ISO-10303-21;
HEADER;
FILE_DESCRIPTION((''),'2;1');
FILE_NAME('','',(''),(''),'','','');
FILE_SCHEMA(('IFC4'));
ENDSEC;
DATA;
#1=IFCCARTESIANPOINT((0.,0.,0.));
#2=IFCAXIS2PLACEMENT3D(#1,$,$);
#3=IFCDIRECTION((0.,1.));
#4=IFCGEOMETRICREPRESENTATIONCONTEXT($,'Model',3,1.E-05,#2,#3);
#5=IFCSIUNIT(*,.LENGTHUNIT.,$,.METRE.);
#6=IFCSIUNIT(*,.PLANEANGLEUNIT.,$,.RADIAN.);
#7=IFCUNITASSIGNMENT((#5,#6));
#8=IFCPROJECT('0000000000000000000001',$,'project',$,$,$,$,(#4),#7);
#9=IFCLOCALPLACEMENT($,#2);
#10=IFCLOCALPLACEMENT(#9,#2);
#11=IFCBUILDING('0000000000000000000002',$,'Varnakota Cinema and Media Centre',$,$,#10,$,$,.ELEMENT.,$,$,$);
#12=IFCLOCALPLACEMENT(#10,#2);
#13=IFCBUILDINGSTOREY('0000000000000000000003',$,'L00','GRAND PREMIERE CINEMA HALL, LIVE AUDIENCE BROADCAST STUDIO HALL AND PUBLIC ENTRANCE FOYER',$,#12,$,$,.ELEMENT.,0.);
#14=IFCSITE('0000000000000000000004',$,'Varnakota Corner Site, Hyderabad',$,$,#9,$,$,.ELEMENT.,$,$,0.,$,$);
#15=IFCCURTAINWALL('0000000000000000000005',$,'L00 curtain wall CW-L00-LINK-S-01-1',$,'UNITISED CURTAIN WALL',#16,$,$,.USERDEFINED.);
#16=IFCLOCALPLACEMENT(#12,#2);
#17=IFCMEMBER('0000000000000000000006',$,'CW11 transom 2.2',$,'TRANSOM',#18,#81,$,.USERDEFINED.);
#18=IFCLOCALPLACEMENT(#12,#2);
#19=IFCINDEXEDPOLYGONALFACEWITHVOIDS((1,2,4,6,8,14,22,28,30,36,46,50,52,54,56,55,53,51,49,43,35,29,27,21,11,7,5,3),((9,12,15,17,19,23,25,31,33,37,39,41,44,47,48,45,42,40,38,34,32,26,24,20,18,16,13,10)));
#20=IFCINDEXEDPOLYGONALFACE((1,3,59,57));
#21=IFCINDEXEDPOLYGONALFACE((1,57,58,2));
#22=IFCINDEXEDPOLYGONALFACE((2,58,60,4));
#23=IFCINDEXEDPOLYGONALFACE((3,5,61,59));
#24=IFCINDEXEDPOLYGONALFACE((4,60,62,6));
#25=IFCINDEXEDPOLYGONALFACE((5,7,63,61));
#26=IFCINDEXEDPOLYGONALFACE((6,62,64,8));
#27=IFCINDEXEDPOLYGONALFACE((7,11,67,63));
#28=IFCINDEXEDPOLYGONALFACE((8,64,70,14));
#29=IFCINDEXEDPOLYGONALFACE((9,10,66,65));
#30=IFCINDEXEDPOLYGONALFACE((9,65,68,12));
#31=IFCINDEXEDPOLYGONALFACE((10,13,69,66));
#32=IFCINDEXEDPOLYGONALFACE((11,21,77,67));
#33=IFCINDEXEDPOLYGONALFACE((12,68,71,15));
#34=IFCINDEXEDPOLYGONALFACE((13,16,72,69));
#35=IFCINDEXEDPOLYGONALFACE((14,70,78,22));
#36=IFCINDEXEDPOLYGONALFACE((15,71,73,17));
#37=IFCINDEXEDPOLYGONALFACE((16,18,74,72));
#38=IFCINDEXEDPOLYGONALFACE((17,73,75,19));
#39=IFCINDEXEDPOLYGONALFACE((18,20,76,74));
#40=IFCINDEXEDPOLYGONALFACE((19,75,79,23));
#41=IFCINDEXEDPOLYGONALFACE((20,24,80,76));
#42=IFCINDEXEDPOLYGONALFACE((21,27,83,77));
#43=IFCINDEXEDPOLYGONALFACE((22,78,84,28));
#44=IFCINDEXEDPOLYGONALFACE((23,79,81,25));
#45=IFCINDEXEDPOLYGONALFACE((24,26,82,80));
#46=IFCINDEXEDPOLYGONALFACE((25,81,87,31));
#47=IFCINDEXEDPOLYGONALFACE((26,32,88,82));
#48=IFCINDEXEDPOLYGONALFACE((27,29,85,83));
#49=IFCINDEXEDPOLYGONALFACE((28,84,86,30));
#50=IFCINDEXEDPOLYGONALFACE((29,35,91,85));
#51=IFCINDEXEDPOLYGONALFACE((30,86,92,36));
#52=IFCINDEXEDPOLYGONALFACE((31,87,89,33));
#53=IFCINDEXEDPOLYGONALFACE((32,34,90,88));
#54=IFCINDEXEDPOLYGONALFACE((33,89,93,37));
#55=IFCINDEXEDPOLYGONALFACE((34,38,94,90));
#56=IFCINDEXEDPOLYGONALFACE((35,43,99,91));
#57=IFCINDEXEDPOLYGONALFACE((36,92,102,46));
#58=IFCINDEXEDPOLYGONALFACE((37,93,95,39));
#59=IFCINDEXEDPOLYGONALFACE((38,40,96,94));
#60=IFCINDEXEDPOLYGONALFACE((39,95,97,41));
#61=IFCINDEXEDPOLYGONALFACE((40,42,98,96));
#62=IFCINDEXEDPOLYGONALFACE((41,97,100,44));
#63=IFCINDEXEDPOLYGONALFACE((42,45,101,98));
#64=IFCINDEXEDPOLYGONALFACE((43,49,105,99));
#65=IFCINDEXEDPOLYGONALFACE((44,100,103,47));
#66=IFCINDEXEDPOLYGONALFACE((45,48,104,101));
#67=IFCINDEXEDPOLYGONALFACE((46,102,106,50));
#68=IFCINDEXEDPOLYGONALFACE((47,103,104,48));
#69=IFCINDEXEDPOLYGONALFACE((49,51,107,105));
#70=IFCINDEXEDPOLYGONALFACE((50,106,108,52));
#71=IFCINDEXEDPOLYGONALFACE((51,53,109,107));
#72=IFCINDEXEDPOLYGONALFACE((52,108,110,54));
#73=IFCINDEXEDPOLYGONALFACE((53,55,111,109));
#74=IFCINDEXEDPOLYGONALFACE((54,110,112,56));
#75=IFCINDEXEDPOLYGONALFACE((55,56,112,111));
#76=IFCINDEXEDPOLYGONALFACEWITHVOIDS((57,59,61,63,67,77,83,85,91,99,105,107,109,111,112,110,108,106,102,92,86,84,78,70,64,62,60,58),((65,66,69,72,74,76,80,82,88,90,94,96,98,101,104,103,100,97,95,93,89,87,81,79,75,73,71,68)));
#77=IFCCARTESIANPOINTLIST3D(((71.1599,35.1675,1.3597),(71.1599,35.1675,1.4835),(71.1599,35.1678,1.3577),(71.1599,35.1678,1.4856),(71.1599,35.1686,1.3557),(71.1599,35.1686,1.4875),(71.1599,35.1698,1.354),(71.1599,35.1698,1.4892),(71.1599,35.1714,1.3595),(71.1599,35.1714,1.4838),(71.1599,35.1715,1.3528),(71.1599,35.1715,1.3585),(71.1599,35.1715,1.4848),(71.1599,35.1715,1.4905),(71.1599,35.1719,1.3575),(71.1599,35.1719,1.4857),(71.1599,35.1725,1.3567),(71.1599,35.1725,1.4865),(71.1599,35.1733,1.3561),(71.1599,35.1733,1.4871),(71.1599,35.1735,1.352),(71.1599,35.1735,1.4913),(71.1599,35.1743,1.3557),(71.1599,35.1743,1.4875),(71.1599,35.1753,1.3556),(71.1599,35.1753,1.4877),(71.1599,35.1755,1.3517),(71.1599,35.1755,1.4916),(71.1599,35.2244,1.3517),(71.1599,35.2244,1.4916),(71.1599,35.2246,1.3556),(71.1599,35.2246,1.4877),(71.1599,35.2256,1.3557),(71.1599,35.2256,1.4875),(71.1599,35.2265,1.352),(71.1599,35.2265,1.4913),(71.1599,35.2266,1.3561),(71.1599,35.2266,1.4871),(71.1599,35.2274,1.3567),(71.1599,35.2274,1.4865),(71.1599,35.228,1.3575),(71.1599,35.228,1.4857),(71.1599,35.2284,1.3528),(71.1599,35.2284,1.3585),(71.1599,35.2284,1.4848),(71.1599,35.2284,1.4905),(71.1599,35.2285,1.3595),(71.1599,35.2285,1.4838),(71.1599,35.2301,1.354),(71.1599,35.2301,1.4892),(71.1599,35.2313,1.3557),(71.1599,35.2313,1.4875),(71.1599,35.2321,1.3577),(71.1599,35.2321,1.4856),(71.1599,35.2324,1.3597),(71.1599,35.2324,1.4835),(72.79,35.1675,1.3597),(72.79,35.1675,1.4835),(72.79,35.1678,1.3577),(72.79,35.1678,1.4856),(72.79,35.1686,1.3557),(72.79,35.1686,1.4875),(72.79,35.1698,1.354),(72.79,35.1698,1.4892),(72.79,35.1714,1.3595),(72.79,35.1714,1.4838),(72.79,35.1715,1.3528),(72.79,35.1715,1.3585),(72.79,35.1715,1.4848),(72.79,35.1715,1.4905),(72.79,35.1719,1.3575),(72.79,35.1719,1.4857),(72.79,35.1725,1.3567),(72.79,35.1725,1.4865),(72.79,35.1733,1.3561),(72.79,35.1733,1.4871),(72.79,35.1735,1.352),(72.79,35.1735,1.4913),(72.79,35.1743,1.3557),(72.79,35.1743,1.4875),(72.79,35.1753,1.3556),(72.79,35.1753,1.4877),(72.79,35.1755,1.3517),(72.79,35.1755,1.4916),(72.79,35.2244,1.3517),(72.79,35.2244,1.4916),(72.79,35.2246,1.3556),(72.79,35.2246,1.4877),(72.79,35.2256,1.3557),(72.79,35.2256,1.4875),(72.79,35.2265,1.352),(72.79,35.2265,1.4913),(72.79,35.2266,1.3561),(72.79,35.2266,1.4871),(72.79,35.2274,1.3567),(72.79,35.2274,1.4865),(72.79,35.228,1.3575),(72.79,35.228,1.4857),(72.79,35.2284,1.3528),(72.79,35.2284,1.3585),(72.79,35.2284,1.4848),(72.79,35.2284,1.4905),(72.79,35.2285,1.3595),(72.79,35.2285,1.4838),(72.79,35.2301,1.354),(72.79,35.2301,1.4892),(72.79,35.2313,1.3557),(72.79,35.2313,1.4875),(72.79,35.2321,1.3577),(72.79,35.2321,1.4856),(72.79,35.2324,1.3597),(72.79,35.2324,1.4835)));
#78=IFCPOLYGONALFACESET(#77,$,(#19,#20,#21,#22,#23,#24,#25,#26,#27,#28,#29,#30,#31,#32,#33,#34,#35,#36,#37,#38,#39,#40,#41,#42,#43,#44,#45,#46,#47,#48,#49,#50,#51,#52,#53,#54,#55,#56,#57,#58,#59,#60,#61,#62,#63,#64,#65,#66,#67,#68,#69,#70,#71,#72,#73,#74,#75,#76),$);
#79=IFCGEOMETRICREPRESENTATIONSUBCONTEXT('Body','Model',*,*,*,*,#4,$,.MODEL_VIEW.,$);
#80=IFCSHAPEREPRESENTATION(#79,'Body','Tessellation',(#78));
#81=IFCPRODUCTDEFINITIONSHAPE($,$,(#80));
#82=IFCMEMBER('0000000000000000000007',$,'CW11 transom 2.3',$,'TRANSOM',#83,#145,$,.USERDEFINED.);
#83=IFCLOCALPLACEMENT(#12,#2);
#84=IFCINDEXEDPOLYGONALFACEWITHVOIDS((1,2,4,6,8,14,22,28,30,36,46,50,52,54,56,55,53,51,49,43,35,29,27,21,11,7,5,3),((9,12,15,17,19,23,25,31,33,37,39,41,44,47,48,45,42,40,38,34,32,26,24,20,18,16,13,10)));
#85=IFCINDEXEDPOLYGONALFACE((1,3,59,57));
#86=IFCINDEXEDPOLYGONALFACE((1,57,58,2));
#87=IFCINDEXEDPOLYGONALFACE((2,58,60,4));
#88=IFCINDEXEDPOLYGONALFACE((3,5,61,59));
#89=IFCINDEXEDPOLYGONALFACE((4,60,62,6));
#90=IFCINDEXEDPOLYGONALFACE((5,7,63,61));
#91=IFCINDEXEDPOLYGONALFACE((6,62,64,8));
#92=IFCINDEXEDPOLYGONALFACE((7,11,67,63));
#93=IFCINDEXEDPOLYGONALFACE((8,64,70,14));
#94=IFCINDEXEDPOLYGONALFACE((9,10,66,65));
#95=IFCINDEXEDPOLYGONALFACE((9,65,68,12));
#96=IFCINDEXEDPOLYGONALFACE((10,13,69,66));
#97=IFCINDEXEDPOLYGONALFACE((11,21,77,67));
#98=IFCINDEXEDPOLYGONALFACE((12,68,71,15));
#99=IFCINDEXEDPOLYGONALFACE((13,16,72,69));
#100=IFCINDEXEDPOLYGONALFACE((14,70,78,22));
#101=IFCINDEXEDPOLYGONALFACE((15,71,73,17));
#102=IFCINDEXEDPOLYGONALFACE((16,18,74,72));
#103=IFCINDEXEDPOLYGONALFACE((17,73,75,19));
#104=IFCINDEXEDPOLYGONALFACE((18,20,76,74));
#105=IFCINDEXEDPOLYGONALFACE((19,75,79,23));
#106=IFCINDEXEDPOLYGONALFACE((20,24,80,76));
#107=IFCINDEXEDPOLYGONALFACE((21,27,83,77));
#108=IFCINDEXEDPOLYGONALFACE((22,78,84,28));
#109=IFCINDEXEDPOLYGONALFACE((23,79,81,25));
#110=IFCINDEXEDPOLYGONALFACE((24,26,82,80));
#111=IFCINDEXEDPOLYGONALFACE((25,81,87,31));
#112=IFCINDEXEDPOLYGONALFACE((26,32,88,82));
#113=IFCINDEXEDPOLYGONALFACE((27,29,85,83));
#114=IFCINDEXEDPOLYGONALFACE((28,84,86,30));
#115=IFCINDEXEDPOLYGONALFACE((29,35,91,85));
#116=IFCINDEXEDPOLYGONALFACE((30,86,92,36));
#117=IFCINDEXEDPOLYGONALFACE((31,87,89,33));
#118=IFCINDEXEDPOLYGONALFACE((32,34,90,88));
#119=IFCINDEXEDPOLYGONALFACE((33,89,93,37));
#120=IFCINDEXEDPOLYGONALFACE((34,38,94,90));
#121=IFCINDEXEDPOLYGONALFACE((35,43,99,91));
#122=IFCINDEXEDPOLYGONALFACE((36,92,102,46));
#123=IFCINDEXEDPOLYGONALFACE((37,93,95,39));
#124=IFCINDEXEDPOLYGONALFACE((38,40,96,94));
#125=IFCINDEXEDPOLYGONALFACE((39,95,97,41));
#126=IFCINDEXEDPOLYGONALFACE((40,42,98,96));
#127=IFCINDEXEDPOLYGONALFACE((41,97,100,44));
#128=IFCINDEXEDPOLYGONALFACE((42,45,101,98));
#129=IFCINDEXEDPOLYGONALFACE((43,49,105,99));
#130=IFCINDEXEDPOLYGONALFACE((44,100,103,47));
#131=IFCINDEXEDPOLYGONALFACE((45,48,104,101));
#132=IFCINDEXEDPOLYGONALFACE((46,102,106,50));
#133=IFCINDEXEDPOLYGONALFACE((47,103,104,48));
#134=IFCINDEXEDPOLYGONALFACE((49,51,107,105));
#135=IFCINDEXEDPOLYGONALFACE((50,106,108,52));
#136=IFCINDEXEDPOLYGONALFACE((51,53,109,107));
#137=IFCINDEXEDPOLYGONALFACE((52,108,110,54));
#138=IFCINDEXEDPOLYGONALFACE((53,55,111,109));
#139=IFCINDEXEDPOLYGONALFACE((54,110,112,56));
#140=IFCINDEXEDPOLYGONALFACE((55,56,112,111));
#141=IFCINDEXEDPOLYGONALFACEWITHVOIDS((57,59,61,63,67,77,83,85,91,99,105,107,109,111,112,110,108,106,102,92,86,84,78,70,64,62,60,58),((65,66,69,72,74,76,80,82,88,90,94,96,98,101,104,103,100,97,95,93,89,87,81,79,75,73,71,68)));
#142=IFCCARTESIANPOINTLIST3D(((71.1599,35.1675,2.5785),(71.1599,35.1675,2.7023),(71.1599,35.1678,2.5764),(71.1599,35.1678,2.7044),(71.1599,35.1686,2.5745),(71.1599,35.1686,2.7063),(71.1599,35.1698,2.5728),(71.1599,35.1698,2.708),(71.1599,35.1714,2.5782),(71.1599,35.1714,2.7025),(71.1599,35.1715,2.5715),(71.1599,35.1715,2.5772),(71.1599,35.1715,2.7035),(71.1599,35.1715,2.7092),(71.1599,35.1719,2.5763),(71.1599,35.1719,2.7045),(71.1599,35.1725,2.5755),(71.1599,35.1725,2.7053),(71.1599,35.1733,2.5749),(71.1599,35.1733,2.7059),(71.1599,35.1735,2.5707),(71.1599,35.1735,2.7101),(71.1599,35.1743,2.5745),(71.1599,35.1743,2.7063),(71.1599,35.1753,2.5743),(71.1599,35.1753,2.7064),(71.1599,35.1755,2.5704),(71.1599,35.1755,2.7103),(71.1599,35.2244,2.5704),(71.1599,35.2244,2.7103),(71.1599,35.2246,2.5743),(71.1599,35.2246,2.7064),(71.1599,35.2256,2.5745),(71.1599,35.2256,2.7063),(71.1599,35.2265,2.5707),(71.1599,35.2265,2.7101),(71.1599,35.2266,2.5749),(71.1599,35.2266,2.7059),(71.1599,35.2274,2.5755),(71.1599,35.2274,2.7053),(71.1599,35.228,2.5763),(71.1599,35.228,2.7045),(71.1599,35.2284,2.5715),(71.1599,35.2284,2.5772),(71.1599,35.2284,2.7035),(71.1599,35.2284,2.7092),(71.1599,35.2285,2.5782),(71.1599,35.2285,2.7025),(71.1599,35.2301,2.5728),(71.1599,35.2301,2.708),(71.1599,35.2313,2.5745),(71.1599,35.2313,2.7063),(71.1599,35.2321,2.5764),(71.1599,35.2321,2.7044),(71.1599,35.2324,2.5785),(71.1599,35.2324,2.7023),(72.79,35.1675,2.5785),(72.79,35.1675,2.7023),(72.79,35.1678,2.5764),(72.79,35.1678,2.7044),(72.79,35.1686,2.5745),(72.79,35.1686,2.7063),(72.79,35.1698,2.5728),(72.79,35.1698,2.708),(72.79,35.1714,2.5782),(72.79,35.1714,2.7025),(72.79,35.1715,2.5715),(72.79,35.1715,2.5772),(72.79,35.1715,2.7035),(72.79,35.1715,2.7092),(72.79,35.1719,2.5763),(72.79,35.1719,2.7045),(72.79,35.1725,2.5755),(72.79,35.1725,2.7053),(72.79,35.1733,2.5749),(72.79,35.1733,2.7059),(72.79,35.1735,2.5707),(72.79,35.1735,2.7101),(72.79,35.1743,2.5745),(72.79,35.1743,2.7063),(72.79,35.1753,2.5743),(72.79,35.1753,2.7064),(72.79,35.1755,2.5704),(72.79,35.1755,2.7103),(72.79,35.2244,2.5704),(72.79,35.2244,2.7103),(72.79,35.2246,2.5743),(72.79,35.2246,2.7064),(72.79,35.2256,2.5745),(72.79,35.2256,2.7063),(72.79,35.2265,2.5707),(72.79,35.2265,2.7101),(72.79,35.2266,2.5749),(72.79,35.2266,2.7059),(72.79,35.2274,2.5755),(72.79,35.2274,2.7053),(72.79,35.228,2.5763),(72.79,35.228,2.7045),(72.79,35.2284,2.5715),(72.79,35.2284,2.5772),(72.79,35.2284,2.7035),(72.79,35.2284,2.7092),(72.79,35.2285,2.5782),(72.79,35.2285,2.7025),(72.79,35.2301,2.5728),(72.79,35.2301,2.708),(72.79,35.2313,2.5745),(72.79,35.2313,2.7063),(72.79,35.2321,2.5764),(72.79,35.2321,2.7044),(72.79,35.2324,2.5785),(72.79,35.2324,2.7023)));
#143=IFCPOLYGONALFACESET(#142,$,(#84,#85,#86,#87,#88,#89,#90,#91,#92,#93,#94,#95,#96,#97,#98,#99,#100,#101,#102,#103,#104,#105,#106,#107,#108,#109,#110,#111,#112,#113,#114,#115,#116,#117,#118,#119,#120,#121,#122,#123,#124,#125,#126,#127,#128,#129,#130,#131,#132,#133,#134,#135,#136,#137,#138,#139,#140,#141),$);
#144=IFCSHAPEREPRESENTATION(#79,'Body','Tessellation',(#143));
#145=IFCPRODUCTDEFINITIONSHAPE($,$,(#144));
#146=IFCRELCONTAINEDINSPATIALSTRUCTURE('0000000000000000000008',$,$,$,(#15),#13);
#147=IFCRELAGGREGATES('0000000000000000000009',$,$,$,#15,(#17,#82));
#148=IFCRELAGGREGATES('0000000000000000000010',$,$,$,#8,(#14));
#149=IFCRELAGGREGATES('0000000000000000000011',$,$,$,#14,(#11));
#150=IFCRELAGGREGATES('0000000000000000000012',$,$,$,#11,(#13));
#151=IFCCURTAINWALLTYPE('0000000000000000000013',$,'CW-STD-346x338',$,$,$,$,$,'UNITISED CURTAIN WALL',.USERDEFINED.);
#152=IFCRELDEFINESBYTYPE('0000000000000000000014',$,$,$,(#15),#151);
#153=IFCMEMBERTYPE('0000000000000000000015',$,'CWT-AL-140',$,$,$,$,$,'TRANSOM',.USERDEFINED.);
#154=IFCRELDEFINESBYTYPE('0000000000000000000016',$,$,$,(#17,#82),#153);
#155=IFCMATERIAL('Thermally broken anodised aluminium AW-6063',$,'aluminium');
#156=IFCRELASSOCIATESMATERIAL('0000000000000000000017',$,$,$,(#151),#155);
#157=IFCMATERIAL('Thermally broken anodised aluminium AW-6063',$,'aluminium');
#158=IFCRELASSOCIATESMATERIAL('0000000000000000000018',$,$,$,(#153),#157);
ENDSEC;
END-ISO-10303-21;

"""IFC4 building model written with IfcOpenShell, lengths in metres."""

from ifc_helpers import new_model, si_unit, direction, frame, origin, origin_2d, place, context, subcontext, project, spatial, hollow_rectangle, extrude, material, material_profile, profile_set, type_object, element, aggregate, save


model = new_model("IFC4")

# Units and contexts
model_context = context("Model", 3, precision=1e-05, world=origin(), true_north=direction((0.0, 1.0)))
body_context = subcontext(model_context, "Body", "Model", "MODEL_VIEW")
ifc_project = project(units=[si_unit("LENGTHUNIT", "METRE"), si_unit("PLANEANGLEUNIT", "RADIAN")], contexts=[model_context])

# Site, building, storey
site_placement = place(None, origin())
site = spatial("IfcSite", under=ifc_project, at=site_placement, Name="Varnakota Corner Site, Hyderabad", CompositionType="ELEMENT", RefElevation=0.0)
building_placement = place(site_placement, origin())
building = spatial("IfcBuilding", under=site, at=building_placement, Name="Varnakota Cinema and Media Centre", CompositionType="ELEMENT")
storey_placement = place(building_placement, origin())
storey = spatial("IfcBuildingStorey", under=building, at=storey_placement, Name="L00", Description="GRAND PREMIERE CINEMA HALL, LIVE AUDIENCE BROADCAST STUDIO HALL AND PUBLIC ENTRANCE FOYER", CompositionType="ELEMENT", Elevation=0.0)

# Curtain wall
ifc_material_1 = material(Name="Thermally broken anodised aluminium AW-6063", Category="aluminium")
curtain_wall_type_1 = type_object("IfcCurtainWallType", Name="CW-STD-346x338", ElementType="UNITISED CURTAIN WALL", PredefinedType="USERDEFINED", material=ifc_material_1)
curtain_wall_1_placement = place(storey_placement, origin())
curtain_wall_1 = element("IfcCurtainWall", 1, at=curtain_wall_1_placement, inside=storey, type_object=curtain_wall_type_1, Name="L00 curtain wall CW-L00-LINK-S-01-1", ObjectType="UNITISED CURTAIN WALL", PredefinedType="USERDEFINED")

# Members
ifc_material_2 = material(Name="Thermally broken anodised aluminium AW-6063", Category="aluminium")
ifc_material_profile_1 = material_profile(ifc_material_2, hollow_rectangle(XDim=0.0649, YDim=0.1399, WallThickness=0.0039, InnerFilletRadius=0.0039, OuterFilletRadius=0.0081, at=origin_2d()), Name="AL-TRANSOM 140x65x4")
ifc_profile_set_1 = profile_set([ifc_material_profile_1], Name="Thermally broken anodised aluminium AW-6063")
member_type_1 = type_object("IfcMemberType", Name="CWT-AL-140", ElementType="TRANSOM", PredefinedType="USERDEFINED", material=ifc_profile_set_1)
member_1_placement = place(storey_placement, frame((72.79, 35.2, 1.4216), z_axis=(-1.0, 0.0, 0.0), x_axis=(0.0, -1.0, 0.0)))
member_1 = element("IfcMember", 2, at=member_1_placement, type_object=member_type_1, Name="CW11 transom 2.2", ObjectType="TRANSOM", PredefinedType="USERDEFINED", context=body_context, shape_type="SweptSolid", body=[
    extrude(hollow_rectangle(XDim=0.0649, YDim=0.1399, WallThickness=0.0039, InnerFilletRadius=0.0039, OuterFilletRadius=0.0081, at=origin_2d()), origin(), (0.0, 0.0, 1.0), 1.6301),
])
member_2_placement = place(storey_placement, frame((72.79, 35.2, 2.6404), z_axis=(-1.0, 0.0, 0.0), x_axis=(0.0, -1.0, 0.0)))
member_2 = element("IfcMember", 3, at=member_2_placement, type_object=member_type_1, Name="CW11 transom 2.3", ObjectType="TRANSOM", PredefinedType="USERDEFINED", context=body_context, shape_type="SweptSolid", body=[
    extrude(hollow_rectangle(XDim=0.0649, YDim=0.1399, WallThickness=0.0039, InnerFilletRadius=0.0039, OuterFilletRadius=0.0081, at=origin_2d()), origin(), (0.0, 0.0, 1.0), 1.6301),
])

aggregate(curtain_wall_1, [member_1, member_2])

save(model, "model.ifc")
